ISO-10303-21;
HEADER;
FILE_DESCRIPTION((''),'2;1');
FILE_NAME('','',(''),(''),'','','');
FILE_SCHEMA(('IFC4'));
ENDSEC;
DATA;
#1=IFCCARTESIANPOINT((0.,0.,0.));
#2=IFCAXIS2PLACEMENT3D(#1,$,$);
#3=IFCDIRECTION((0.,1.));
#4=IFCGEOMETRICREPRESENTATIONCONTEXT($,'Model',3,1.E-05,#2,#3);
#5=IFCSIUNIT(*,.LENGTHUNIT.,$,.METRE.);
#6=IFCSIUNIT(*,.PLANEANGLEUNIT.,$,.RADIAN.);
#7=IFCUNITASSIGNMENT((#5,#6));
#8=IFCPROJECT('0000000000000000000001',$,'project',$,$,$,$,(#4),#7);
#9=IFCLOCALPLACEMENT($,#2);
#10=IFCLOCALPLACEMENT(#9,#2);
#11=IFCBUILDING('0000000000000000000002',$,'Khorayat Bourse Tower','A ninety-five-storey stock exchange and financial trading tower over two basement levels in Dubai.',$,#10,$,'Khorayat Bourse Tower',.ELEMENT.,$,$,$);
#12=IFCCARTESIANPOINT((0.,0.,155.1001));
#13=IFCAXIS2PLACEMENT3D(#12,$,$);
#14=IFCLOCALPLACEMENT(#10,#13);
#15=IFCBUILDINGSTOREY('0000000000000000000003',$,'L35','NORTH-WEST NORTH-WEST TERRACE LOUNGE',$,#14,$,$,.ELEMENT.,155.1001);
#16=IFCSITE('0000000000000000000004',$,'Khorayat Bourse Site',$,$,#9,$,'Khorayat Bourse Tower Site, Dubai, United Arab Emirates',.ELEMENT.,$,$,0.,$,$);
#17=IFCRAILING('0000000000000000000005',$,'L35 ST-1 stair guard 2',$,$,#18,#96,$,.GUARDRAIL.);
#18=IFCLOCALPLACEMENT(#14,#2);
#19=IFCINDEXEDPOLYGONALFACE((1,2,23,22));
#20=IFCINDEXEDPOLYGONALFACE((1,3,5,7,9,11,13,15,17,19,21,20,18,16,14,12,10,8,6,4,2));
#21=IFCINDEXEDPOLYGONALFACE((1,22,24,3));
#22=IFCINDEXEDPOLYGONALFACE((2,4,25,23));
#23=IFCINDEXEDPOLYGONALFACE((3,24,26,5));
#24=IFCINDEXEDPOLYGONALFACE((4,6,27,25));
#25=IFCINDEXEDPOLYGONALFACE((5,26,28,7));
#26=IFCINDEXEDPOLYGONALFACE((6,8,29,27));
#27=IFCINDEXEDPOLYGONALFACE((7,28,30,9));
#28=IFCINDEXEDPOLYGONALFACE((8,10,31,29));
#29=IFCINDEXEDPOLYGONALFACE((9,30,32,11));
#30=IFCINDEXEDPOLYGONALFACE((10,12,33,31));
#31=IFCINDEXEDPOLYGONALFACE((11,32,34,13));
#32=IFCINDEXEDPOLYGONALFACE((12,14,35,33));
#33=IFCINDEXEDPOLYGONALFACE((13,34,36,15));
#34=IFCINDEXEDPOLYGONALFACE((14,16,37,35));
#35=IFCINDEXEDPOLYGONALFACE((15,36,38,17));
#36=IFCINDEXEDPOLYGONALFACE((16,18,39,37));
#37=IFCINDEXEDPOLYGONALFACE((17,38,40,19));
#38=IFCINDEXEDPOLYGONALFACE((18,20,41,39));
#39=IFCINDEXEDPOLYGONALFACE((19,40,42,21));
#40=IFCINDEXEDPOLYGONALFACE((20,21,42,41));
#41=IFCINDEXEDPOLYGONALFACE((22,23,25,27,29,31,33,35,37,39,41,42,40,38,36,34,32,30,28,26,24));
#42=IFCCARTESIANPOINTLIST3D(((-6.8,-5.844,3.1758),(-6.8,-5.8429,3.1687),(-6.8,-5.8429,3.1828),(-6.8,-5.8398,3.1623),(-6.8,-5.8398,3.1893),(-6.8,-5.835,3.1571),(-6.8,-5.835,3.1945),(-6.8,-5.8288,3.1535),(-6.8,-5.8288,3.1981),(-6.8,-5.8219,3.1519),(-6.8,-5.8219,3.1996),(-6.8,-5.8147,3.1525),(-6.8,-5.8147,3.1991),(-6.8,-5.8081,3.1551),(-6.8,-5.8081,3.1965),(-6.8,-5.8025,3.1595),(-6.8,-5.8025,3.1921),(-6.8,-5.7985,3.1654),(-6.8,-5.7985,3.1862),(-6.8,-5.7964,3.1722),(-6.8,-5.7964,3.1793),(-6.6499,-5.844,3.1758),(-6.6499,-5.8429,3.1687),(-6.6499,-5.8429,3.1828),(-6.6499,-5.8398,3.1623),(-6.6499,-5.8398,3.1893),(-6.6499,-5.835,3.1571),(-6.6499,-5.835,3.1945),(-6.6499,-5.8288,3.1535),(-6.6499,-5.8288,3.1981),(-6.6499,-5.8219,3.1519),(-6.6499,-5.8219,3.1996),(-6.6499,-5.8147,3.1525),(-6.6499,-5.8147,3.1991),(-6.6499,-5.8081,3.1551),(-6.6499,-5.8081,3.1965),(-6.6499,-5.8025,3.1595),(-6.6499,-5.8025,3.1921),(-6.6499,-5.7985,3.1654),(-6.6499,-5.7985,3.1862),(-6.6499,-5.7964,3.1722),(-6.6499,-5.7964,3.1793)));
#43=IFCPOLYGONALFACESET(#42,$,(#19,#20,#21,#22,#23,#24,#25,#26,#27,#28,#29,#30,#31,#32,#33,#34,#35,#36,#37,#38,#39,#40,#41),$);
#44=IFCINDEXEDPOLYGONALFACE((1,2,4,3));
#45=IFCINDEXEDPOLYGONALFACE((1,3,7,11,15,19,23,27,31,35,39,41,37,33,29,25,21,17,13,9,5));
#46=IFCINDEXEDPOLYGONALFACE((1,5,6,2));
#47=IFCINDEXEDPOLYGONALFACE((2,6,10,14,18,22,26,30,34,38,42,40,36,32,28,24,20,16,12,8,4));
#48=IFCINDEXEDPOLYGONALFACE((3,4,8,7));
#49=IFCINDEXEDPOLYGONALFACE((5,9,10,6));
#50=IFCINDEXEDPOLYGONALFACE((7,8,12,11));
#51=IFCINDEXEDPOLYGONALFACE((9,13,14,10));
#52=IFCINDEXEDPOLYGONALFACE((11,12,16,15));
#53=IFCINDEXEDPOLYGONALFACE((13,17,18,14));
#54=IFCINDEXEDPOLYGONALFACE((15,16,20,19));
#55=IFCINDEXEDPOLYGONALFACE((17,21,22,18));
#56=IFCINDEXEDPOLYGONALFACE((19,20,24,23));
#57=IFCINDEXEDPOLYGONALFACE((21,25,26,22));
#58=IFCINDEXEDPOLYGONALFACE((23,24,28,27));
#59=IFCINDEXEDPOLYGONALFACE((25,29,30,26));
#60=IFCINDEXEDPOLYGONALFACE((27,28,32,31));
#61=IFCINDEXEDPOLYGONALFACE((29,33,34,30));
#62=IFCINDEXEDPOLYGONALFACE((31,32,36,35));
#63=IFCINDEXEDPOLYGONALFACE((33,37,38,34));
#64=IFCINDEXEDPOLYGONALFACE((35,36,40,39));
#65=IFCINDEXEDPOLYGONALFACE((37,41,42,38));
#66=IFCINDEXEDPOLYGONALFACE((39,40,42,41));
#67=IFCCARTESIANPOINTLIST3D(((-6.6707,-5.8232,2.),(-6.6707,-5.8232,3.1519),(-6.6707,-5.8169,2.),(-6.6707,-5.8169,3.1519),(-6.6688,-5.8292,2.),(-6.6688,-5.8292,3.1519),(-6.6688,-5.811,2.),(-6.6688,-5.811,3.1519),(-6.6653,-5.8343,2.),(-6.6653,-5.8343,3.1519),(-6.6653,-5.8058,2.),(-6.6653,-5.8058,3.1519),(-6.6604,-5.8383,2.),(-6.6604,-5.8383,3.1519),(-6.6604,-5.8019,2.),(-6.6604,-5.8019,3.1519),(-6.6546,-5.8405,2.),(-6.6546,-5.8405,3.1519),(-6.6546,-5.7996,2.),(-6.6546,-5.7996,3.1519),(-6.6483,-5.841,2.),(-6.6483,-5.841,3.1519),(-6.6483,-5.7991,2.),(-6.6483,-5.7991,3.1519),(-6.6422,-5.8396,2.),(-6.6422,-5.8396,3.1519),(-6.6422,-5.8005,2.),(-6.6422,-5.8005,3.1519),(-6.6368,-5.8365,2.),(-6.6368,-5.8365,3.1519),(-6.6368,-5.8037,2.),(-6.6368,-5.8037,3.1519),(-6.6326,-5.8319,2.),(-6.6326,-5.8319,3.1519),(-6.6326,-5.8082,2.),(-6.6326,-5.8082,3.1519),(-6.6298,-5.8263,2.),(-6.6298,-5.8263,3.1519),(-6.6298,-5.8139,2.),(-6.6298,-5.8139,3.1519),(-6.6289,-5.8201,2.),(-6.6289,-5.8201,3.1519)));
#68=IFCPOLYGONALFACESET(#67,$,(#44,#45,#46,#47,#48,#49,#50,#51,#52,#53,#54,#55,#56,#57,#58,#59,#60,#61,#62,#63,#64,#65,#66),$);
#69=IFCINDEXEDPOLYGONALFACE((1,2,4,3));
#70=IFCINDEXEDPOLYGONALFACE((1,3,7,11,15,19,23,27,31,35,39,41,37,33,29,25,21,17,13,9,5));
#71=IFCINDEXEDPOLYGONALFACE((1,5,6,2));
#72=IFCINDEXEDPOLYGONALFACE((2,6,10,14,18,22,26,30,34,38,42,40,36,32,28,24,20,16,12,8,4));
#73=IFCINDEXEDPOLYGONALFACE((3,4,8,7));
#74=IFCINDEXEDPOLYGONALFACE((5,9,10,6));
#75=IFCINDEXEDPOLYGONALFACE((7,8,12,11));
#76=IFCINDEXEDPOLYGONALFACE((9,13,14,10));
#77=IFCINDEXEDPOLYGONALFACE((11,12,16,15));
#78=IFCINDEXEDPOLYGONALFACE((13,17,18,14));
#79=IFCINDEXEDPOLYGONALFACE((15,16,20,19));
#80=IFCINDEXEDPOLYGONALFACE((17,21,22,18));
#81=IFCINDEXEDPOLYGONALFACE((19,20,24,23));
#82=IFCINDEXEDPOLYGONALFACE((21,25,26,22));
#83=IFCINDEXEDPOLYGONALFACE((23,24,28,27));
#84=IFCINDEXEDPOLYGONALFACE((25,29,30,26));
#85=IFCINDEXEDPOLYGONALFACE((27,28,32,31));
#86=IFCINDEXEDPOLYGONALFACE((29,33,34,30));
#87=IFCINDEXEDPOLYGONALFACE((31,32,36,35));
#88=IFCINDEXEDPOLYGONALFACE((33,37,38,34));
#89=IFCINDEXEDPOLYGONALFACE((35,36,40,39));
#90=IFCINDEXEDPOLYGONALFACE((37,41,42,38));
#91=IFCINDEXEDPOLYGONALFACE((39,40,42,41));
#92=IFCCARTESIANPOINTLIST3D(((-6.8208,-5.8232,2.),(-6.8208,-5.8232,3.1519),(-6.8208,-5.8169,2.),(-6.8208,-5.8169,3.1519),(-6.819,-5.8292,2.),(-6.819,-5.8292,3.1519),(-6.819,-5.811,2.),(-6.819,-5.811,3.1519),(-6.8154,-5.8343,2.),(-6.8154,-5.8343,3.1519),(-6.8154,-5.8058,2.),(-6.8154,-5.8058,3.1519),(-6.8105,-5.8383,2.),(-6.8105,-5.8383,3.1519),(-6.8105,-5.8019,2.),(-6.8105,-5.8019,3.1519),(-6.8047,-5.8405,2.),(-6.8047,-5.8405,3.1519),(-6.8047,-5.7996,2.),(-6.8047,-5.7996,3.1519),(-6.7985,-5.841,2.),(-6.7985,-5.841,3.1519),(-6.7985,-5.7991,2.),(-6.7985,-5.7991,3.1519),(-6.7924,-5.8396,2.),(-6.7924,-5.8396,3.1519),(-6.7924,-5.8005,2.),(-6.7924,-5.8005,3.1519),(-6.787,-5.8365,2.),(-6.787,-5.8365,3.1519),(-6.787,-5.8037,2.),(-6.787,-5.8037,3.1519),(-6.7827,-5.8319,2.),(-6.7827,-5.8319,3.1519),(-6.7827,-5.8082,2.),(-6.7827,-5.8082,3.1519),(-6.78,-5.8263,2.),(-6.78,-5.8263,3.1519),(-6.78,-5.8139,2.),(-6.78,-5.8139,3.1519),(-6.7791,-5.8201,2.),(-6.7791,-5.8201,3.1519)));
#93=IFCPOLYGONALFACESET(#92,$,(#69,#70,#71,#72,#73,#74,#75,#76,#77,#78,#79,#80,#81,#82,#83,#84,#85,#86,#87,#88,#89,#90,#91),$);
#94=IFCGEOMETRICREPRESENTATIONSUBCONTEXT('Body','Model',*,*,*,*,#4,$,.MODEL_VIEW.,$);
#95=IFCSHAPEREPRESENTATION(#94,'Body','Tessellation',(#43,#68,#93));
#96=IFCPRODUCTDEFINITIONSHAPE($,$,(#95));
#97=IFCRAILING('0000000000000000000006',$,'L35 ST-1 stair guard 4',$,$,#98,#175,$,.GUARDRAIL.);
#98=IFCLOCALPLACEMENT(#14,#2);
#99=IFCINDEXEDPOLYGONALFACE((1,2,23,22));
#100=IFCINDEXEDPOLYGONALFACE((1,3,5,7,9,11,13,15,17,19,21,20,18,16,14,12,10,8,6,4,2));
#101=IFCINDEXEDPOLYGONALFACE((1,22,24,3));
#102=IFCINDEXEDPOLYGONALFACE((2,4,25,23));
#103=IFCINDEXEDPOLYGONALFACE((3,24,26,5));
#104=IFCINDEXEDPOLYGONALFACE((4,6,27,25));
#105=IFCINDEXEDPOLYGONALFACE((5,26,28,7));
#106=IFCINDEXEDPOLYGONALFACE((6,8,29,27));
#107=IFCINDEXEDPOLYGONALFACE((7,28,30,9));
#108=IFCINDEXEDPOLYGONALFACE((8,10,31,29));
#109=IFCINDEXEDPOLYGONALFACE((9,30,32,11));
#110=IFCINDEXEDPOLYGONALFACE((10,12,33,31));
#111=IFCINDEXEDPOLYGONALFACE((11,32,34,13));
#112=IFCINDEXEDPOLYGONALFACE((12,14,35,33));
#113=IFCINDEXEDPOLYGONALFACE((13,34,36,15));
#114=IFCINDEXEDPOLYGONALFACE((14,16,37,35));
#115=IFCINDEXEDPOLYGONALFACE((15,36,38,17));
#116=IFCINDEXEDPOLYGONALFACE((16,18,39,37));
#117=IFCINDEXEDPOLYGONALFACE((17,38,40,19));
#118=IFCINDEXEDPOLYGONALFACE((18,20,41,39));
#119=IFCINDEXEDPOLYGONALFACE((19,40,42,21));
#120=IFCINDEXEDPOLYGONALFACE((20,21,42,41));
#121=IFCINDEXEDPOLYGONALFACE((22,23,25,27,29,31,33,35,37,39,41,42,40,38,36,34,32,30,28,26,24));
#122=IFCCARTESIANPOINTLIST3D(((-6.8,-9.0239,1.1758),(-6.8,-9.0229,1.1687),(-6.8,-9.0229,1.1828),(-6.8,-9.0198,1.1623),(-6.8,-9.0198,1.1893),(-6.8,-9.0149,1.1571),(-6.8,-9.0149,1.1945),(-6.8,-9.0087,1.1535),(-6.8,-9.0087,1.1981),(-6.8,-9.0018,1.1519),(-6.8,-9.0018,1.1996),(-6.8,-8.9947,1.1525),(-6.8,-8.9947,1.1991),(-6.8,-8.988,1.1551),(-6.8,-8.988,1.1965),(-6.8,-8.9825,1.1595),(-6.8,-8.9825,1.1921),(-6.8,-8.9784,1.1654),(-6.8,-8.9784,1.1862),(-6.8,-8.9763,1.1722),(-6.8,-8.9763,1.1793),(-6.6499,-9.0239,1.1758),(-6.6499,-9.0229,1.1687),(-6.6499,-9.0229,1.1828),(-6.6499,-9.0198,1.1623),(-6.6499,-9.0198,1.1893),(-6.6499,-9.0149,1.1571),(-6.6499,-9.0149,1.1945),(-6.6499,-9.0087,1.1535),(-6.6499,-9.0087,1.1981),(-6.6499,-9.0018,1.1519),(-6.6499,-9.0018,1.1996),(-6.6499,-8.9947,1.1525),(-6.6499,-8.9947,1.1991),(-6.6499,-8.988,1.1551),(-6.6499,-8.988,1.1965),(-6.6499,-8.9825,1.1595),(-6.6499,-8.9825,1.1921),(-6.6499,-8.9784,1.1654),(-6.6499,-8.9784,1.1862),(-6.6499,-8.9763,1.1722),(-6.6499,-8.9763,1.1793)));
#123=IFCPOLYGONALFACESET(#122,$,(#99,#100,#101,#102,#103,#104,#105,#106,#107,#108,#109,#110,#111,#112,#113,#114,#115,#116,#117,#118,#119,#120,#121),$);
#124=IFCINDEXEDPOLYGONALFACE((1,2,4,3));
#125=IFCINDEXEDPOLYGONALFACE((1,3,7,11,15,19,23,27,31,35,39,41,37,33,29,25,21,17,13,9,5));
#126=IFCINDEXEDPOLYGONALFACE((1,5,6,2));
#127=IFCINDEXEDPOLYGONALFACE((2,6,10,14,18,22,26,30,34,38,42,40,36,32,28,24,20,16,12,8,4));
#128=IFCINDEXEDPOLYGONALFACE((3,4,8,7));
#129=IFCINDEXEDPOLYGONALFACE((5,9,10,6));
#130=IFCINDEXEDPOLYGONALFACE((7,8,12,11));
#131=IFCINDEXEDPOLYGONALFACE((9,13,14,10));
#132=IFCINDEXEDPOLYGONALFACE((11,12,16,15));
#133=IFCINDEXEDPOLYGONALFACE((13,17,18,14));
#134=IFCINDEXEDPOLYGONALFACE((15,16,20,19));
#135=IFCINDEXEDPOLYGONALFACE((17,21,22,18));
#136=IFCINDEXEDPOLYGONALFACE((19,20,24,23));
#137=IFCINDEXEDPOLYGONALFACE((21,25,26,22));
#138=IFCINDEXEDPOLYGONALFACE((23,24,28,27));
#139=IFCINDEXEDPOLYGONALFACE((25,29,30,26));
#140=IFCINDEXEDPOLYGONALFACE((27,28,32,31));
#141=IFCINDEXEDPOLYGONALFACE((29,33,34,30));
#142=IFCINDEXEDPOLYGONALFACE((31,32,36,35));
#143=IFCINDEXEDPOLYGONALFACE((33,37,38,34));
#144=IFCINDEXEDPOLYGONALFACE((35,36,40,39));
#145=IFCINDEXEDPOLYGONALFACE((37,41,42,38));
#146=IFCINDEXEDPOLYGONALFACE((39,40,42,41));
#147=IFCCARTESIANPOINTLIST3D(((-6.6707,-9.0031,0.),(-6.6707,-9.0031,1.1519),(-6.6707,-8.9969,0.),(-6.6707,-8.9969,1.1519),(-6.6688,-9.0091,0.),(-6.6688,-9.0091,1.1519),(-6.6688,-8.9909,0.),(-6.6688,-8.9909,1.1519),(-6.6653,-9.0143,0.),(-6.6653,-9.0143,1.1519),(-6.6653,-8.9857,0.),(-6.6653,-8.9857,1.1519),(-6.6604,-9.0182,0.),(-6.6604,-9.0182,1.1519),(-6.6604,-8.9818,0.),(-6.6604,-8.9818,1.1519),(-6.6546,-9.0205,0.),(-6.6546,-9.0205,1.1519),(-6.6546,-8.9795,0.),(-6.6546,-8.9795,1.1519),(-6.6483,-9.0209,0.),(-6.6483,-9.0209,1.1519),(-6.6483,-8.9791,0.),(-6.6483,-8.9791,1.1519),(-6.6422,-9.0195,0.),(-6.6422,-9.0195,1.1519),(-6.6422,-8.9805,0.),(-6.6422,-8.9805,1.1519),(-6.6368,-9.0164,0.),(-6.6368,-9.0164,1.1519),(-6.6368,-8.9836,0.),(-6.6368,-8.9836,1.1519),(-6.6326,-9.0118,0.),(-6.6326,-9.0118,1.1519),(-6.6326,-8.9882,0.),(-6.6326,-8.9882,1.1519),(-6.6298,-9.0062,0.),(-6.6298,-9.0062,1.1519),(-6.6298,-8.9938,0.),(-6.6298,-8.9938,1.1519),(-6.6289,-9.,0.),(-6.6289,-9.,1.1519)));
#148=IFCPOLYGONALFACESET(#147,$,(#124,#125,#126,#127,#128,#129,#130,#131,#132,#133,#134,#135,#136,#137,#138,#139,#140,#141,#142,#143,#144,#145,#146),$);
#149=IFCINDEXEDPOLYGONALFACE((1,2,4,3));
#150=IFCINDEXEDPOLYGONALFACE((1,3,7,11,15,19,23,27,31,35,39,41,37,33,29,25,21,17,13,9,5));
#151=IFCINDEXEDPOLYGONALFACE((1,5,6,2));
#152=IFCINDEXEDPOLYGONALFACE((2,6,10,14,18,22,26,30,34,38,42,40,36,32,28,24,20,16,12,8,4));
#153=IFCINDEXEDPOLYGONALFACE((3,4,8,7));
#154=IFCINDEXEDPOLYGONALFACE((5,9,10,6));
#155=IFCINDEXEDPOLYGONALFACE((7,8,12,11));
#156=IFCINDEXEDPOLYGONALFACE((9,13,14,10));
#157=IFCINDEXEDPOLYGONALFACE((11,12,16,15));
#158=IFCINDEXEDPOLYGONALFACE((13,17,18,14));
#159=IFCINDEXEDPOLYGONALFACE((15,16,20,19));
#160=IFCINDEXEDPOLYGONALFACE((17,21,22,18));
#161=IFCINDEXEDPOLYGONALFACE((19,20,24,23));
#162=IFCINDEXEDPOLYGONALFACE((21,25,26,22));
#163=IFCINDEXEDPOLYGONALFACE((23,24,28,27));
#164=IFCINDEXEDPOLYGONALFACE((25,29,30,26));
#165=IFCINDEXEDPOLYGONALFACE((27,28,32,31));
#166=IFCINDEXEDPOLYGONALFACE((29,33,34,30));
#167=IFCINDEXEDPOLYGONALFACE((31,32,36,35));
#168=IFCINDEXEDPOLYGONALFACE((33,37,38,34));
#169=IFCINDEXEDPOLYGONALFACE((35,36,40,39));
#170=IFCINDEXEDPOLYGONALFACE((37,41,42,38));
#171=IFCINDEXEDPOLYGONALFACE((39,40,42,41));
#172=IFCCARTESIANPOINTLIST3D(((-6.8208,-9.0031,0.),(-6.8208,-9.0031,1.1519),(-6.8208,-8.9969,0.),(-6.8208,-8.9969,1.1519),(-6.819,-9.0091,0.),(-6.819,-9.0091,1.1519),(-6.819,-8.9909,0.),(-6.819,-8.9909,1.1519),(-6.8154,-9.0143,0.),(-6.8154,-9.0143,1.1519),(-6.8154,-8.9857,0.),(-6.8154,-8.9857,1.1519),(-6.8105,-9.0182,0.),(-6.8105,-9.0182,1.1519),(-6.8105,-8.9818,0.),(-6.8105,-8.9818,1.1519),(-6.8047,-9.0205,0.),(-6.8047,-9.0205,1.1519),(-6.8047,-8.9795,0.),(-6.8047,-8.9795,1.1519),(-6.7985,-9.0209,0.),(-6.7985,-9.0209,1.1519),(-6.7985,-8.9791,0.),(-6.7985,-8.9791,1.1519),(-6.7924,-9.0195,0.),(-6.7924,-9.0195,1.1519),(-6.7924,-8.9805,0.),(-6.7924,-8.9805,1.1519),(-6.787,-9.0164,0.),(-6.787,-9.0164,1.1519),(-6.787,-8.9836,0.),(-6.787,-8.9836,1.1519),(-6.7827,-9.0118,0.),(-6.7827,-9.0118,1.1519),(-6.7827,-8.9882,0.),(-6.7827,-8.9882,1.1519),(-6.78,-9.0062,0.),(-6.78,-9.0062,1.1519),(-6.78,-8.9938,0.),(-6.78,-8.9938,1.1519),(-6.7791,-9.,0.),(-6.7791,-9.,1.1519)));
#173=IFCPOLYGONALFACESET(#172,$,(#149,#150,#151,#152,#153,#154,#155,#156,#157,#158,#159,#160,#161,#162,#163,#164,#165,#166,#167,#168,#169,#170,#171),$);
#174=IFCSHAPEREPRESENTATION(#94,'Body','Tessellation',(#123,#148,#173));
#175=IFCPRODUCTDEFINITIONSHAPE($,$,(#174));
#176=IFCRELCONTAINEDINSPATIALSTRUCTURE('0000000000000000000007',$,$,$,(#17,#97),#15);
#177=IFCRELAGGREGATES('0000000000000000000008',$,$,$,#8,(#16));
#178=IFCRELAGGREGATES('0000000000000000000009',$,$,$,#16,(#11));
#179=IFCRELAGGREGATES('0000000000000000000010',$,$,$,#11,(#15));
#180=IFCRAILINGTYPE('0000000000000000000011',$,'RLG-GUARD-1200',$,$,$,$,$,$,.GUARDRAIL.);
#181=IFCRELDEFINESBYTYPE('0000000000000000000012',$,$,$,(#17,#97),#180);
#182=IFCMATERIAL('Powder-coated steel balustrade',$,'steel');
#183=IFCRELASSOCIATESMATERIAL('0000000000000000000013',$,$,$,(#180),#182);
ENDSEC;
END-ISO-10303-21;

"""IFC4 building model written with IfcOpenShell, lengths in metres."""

from ifc_helpers import new_model, si_unit, direction, frame, origin, origin_2d, place, context, subcontext, project, spatial, circle, extrude, source, transform, mapped, material, type_object, element, save


model = new_model("IFC4")

# Units and contexts
model_context = context("Model", 3, precision=1e-05, world=origin(), true_north=direction((0.0, 1.0)))
body_context = subcontext(model_context, "Body", "Model", "MODEL_VIEW")
ifc_project = project(units=[si_unit("LENGTHUNIT", "METRE"), si_unit("PLANEANGLEUNIT", "RADIAN")], contexts=[model_context])

# Site, building, storey
site_placement = place(None, origin())
site = spatial("IfcSite", under=ifc_project, at=site_placement, Name="Khorayat Bourse Site", LongName="Khorayat Bourse Tower Site, Dubai, United Arab Emirates", CompositionType="ELEMENT", RefElevation=0.0)
building_placement = place(site_placement, origin())
building = spatial("IfcBuilding", under=site, at=building_placement, Name="Khorayat Bourse Tower", Description="A ninety-five-storey stock exchange and financial trading tower over two basement levels in Dubai.", LongName="Khorayat Bourse Tower", CompositionType="ELEMENT")
storey_placement = place(building_placement, frame((0.0, 0.0, 155.1001)))
storey = spatial("IfcBuildingStorey", under=building, at=storey_placement, Name="L35", Description="NORTH-WEST NORTH-WEST TERRACE LOUNGE", CompositionType="ELEMENT", Elevation=155.1001)

# Railings
ifc_material_1 = material(Name="Powder-coated steel balustrade", Category="steel")
railing_type_1 = type_object("IfcRailingType", Name="RLG-GUARD-1200", PredefinedType="GUARDRAIL", material=ifc_material_1)
shared_shape_1 = source(origin(), body_context, "Body", "SweptSolid", [
    extrude(circle(Radius=0.0239, at=origin_2d()), frame((0.0, 0.0, 1.1758), z_axis=(-1.0, 0.0, 0.0), x_axis=(0.0, -1.0, 0.0)), (0.0, 0.0, 1.0), 0.1501),
    extrude(circle(Radius=0.021, at=origin_2d()), origin(), (0.0, 0.0, 1.0), 1.1519),
    extrude(circle(Radius=0.021, at=origin_2d()), frame((-0.1501, 0.0, 0.0)), (0.0, 0.0, 1.0), 1.1519),
])
for number, where, name in (
    (1, (-6.6499, -5.8201, 2.0), "L35 ST-1 stair guard 2"),
    (2, (-6.6499, -9.0, 0.0), "L35 ST-1 stair guard 4"),
):
    element("IfcRailing", number, at=place(storey_placement, frame(where)), inside=storey, type_object=railing_type_1, Name=name, PredefinedType="GUARDRAIL", context=body_context, shape_type="MappedRepresentation", body=[
        mapped(shared_shape_1, transform((0.0, 0.0, 0.0), scale=1.0)),
    ])

save(model, "model.ifc")
